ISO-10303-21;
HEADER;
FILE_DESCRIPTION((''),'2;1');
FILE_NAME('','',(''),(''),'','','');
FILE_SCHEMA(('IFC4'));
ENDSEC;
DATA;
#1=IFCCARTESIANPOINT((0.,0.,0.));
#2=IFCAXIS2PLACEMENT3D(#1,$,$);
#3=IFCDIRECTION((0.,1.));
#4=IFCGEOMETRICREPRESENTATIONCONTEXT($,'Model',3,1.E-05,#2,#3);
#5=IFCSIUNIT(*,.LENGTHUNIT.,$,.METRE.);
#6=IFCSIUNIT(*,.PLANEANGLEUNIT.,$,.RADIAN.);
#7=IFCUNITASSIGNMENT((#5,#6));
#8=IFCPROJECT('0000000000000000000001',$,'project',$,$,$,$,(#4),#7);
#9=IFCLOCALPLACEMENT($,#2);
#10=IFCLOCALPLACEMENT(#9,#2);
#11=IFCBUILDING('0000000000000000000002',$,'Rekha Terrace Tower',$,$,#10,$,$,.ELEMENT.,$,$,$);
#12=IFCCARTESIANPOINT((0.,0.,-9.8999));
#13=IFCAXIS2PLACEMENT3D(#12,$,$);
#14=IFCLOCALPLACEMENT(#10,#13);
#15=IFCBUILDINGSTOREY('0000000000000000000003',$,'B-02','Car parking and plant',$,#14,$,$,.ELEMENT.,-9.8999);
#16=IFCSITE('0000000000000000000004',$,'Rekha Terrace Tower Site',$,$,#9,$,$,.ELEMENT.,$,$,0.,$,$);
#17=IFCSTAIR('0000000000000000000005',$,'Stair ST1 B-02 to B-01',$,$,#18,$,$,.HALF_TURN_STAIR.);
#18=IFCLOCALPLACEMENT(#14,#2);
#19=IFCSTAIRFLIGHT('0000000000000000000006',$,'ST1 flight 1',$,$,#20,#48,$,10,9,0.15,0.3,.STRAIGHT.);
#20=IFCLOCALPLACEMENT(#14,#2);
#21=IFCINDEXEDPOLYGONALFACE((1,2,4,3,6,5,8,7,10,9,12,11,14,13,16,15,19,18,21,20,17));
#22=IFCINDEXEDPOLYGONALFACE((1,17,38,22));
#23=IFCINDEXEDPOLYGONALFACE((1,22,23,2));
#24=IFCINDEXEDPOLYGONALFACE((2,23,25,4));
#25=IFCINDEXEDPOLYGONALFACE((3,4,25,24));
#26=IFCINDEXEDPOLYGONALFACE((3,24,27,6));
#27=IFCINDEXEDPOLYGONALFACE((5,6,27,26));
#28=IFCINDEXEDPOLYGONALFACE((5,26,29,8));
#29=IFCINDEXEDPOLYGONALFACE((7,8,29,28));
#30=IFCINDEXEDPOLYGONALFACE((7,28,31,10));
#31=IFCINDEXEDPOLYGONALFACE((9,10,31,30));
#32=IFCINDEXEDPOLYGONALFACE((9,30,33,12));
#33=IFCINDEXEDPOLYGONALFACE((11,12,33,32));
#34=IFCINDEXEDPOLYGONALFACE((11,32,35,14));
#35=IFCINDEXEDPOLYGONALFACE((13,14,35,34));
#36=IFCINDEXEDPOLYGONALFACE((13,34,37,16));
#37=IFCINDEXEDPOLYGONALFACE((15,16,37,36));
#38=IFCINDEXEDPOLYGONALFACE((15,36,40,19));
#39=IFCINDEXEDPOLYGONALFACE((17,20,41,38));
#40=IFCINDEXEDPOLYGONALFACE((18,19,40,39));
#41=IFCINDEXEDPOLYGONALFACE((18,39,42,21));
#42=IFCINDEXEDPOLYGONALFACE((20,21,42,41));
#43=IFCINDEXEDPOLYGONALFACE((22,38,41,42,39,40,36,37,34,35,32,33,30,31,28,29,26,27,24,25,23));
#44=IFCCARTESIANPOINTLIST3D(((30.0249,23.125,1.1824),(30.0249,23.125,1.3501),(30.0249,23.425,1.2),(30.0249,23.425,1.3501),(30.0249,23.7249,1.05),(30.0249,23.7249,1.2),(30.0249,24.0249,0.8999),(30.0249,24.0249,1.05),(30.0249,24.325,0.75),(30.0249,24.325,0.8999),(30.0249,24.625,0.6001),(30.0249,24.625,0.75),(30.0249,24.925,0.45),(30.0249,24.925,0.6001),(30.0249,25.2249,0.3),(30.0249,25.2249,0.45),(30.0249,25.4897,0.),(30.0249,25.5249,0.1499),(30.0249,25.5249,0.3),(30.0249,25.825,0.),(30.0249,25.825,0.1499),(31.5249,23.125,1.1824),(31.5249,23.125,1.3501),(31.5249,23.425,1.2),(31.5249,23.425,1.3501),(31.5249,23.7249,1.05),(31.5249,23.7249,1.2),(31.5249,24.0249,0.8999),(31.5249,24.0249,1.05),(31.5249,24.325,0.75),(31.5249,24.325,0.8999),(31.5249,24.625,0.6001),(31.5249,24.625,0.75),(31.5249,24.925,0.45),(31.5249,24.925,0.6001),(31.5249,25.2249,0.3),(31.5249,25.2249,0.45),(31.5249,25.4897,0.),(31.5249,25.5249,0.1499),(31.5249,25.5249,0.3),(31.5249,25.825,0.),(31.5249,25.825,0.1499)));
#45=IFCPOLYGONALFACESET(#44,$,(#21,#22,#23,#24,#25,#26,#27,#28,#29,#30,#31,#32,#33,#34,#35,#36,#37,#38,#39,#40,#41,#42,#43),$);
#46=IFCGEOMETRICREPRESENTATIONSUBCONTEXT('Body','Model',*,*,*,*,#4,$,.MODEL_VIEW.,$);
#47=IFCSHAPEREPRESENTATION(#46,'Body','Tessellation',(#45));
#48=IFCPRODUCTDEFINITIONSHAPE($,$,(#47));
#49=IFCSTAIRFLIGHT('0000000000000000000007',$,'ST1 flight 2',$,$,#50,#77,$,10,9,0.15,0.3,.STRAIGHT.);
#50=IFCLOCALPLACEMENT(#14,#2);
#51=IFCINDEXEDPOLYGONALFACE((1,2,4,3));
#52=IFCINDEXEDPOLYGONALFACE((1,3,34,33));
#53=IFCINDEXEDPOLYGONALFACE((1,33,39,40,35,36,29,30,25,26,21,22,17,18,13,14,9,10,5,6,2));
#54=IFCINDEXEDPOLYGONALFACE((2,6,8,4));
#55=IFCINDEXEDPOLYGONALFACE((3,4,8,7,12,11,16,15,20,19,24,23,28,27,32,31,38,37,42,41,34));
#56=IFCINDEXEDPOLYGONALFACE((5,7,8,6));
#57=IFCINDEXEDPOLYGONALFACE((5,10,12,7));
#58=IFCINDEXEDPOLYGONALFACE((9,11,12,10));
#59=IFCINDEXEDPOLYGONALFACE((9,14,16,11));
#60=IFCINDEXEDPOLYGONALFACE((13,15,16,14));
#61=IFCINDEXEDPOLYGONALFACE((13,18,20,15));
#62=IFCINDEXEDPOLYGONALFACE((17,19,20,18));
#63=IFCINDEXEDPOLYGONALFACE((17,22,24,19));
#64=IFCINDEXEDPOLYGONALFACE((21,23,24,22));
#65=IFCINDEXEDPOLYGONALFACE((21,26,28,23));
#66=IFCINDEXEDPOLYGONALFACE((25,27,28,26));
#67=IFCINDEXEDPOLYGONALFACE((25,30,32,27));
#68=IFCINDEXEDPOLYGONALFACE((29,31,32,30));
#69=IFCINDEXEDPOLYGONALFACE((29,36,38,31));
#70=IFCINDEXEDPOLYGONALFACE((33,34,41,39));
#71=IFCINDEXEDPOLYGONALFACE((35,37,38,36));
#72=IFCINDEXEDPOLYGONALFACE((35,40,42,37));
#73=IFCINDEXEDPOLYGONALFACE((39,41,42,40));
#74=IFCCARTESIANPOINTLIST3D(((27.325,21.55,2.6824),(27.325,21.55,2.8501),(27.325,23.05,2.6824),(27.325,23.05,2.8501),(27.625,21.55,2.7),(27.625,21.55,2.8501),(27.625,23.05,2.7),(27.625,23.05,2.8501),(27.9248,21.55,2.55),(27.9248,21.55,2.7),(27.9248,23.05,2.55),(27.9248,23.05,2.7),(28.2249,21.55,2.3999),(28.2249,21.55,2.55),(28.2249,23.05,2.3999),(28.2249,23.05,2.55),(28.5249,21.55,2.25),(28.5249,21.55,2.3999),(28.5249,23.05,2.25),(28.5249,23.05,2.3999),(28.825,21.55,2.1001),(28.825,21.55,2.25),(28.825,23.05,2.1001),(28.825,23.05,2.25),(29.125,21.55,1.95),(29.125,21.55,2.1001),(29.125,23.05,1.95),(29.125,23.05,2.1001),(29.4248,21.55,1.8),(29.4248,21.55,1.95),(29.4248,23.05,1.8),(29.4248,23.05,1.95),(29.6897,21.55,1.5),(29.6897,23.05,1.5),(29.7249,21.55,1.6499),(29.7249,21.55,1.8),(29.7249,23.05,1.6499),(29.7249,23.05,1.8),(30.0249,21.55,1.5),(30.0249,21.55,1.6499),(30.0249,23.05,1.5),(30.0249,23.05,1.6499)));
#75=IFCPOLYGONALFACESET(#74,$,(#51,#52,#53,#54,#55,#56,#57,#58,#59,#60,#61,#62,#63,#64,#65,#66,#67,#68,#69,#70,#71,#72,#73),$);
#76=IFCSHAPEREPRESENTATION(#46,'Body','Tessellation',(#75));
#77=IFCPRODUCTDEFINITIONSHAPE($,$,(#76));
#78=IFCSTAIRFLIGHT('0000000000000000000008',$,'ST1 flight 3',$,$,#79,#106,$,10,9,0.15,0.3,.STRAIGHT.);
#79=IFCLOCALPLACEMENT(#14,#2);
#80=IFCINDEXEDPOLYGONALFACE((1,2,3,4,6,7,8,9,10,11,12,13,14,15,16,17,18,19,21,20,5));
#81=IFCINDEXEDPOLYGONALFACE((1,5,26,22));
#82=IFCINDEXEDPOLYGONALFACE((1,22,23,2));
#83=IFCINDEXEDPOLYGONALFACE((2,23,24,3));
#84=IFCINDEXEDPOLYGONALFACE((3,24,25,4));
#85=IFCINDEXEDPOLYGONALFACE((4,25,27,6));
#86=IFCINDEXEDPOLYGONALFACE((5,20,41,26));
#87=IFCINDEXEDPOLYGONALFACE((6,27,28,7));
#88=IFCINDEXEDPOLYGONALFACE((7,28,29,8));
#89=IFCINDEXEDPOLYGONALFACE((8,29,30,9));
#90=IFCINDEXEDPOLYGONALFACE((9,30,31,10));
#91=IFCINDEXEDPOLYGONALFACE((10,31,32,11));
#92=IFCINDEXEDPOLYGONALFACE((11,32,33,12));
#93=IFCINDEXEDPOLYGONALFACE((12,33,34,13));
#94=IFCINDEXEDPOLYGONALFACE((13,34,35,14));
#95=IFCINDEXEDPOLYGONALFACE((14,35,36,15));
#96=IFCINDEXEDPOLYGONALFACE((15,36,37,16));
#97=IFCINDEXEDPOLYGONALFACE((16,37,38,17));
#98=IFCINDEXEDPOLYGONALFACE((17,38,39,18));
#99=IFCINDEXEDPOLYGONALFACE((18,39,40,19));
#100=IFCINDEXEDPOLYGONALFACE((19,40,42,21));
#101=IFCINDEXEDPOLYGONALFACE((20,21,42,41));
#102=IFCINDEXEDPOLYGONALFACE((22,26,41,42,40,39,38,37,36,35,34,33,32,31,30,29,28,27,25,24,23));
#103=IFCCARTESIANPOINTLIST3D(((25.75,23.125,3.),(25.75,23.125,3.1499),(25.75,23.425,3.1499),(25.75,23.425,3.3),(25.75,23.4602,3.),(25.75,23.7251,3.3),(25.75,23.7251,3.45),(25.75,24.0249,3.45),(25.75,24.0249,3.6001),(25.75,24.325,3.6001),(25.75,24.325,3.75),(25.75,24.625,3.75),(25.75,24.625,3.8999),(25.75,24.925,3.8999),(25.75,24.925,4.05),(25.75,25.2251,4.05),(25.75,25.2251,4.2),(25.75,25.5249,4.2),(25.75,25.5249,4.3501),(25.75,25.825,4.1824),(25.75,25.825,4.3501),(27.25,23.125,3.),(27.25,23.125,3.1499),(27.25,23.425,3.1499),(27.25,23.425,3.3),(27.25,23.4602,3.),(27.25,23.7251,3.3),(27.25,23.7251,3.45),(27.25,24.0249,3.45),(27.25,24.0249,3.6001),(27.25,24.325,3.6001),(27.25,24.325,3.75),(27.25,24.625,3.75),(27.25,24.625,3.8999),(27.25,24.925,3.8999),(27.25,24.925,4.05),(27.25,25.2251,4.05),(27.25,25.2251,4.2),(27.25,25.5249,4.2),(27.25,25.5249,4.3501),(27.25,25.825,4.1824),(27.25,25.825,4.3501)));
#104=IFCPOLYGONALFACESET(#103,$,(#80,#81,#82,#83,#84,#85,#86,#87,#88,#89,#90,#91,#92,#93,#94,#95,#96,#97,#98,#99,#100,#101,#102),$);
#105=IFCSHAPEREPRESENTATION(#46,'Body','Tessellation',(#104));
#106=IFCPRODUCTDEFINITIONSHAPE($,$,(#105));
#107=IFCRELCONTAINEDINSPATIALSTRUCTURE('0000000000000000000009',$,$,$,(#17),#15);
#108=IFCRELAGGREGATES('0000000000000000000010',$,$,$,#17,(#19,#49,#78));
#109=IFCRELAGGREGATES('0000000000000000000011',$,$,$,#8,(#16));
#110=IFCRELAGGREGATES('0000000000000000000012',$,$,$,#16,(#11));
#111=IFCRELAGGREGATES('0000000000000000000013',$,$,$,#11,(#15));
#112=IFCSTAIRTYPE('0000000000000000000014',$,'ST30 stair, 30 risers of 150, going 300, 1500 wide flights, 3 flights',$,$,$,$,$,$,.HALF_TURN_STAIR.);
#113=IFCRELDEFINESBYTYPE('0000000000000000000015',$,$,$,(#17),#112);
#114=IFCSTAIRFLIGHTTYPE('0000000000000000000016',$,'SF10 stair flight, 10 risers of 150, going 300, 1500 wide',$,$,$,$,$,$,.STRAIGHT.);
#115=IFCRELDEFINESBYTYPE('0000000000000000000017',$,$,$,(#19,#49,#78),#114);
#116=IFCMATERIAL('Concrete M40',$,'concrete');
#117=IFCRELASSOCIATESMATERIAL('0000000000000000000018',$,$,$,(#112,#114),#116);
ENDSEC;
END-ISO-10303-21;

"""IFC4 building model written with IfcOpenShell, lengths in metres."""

from ifc_helpers import new_model, si_unit, direction, frame, origin, place, context, subcontext, project, spatial, polyline, outline, extrude, material, type_object, element, aggregate, save


model = new_model("IFC4")

# Units and contexts
model_context = context("Model", 3, precision=1e-05, world=origin(), true_north=direction((0.0, 1.0)))
body_context = subcontext(model_context, "Body", "Model", "MODEL_VIEW")
ifc_project = project(units=[si_unit("LENGTHUNIT", "METRE"), si_unit("PLANEANGLEUNIT", "RADIAN")], contexts=[model_context])

# Site, building, storey
site_placement = place(None, origin())
site = spatial("IfcSite", under=ifc_project, at=site_placement, Name="Rekha Terrace Tower Site", CompositionType="ELEMENT", RefElevation=0.0)
building_placement = place(site_placement, origin())
building = spatial("IfcBuilding", under=site, at=building_placement, Name="Rekha Terrace Tower", CompositionType="ELEMENT")
storey_placement = place(building_placement, frame((0.0, 0.0, -9.8999)))
storey = spatial("IfcBuildingStorey", under=building, at=storey_placement, Name="B-02", Description="Car parking and plant", CompositionType="ELEMENT", Elevation=-9.8999)

# Stair, stair flights
ifc_material_1 = material(Name="Concrete M40", Category="concrete")
stair_type = type_object("IfcStairType", Name="ST30 stair, 30 risers of 150, going 300, 1500 wide flights, 3 flights", PredefinedType="HALF_TURN_STAIR", material=ifc_material_1)
stair_placement = place(storey_placement, origin())
stair = element("IfcStair", 1, at=stair_placement, inside=storey, type_object=stair_type, Name="Stair ST1 B-02 to B-01", PredefinedType="HALF_TURN_STAIR")
stair_flight_type = type_object("IfcStairFlightType", Name="SF10 stair flight, 10 risers of 150, going 300, 1500 wide", PredefinedType="STRAIGHT", material=ifc_material_1)
stair_flight_1_placement = place(storey_placement, frame((30.7749, 25.825, 0.0), z_axis=(0.0, 0.0, 1.0), x_axis=(0.0, -1.0, 0.0)))
stair_flight_1 = element("IfcStairFlight", 2, at=stair_flight_1_placement, type_object=stair_flight_type, Name="ST1 flight 1", NumberOfRisers=10, NumberOfTreads=9, PredefinedType="STRAIGHT", RiserHeight=0.15, TreadLength=0.3, context=body_context, shape_type="SweptSolid", body=[
    extrude(outline(polyline([(0.0, 0.0), (0.0, 0.1499), (0.3, 0.1499), (0.3, 0.3), (0.6001, 0.3), (0.6001, 0.45), (0.8999, 0.45), (0.8999, 0.6001), (1.2, 0.6001), (1.2, 0.75), (1.5, 0.75), (1.5, 0.8999), (1.8, 0.8999), (1.8, 1.05), (2.1001, 1.05), (2.1001, 1.2), (2.3999, 1.2), (2.3999, 1.3501), (2.7, 1.3501), (2.7, 1.5), (2.7, 1.1824), (0.3352, 0.0), (0.0, 0.0)])), frame((0.0, 0.75, 0.0), z_axis=(0.0, -1.0, 0.0), x_axis=(1.0, 0.0, 0.0)), (0.0, 0.0, 1.0), 1.5),
])
stair_flight_2_placement = place(storey_placement, frame((30.0249, 22.3, 1.5), z_axis=(0.0, 0.0, 1.0), x_axis=(-1.0, 0.0, 0.0)))
stair_flight_2 = element("IfcStairFlight", 3, at=stair_flight_2_placement, type_object=stair_flight_type, Name="ST1 flight 2", NumberOfRisers=10, NumberOfTreads=9, PredefinedType="STRAIGHT", RiserHeight=0.15, TreadLength=0.3, context=body_context, shape_type="SweptSolid", body=[
    extrude(outline(polyline([(0.0, 0.0), (0.0, 0.1499), (0.3, 0.1499), (0.3, 0.3), (0.6001, 0.3), (0.6001, 0.45), (0.8999, 0.45), (0.8999, 0.6001), (1.2, 0.6001), (1.2, 0.75), (1.5, 0.75), (1.5, 0.8999), (1.8, 0.8999), (1.8, 1.05), (2.1001, 1.05), (2.1001, 1.2), (2.3999, 1.2), (2.3999, 1.3501), (2.7, 1.3501), (2.7, 1.5), (2.7, 1.1824), (0.3352, 0.0), (0.0, 0.0)])), frame((0.0, 0.75, 0.0), z_axis=(0.0, -1.0, 0.0), x_axis=(1.0, 0.0, 0.0)), (0.0, 0.0, 1.0), 1.5),
])
stair_flight_3_placement = place(storey_placement, frame((26.5, 23.125, 3.0), z_axis=(0.0, 0.0, 1.0), x_axis=(0.0, 1.0, 0.0)))
stair_flight_3 = element("IfcStairFlight", 4, at=stair_flight_3_placement, type_object=stair_flight_type, Name="ST1 flight 3", NumberOfRisers=10, NumberOfTreads=9, PredefinedType="STRAIGHT", RiserHeight=0.15, TreadLength=0.3, context=body_context, shape_type="SweptSolid", body=[
    extrude(outline(polyline([(0.0, 0.0), (0.0, 0.1499), (0.3, 0.1499), (0.3, 0.3), (0.6001, 0.3), (0.6001, 0.45), (0.8999, 0.45), (0.8999, 0.6001), (1.2, 0.6001), (1.2, 0.75), (1.5, 0.75), (1.5, 0.8999), (1.8, 0.8999), (1.8, 1.05), (2.1001, 1.05), (2.1001, 1.2), (2.3999, 1.2), (2.3999, 1.3501), (2.7, 1.3501), (2.7, 1.5), (2.7, 1.1824), (0.3352, 0.0), (0.0, 0.0)])), frame((0.0, 0.75, 0.0), z_axis=(0.0, -1.0, 0.0), x_axis=(1.0, 0.0, 0.0)), (0.0, 0.0, 1.0), 1.5),
])
aggregate(stair, [stair_flight_1, stair_flight_2, stair_flight_3])

save(model, "model.ifc")
